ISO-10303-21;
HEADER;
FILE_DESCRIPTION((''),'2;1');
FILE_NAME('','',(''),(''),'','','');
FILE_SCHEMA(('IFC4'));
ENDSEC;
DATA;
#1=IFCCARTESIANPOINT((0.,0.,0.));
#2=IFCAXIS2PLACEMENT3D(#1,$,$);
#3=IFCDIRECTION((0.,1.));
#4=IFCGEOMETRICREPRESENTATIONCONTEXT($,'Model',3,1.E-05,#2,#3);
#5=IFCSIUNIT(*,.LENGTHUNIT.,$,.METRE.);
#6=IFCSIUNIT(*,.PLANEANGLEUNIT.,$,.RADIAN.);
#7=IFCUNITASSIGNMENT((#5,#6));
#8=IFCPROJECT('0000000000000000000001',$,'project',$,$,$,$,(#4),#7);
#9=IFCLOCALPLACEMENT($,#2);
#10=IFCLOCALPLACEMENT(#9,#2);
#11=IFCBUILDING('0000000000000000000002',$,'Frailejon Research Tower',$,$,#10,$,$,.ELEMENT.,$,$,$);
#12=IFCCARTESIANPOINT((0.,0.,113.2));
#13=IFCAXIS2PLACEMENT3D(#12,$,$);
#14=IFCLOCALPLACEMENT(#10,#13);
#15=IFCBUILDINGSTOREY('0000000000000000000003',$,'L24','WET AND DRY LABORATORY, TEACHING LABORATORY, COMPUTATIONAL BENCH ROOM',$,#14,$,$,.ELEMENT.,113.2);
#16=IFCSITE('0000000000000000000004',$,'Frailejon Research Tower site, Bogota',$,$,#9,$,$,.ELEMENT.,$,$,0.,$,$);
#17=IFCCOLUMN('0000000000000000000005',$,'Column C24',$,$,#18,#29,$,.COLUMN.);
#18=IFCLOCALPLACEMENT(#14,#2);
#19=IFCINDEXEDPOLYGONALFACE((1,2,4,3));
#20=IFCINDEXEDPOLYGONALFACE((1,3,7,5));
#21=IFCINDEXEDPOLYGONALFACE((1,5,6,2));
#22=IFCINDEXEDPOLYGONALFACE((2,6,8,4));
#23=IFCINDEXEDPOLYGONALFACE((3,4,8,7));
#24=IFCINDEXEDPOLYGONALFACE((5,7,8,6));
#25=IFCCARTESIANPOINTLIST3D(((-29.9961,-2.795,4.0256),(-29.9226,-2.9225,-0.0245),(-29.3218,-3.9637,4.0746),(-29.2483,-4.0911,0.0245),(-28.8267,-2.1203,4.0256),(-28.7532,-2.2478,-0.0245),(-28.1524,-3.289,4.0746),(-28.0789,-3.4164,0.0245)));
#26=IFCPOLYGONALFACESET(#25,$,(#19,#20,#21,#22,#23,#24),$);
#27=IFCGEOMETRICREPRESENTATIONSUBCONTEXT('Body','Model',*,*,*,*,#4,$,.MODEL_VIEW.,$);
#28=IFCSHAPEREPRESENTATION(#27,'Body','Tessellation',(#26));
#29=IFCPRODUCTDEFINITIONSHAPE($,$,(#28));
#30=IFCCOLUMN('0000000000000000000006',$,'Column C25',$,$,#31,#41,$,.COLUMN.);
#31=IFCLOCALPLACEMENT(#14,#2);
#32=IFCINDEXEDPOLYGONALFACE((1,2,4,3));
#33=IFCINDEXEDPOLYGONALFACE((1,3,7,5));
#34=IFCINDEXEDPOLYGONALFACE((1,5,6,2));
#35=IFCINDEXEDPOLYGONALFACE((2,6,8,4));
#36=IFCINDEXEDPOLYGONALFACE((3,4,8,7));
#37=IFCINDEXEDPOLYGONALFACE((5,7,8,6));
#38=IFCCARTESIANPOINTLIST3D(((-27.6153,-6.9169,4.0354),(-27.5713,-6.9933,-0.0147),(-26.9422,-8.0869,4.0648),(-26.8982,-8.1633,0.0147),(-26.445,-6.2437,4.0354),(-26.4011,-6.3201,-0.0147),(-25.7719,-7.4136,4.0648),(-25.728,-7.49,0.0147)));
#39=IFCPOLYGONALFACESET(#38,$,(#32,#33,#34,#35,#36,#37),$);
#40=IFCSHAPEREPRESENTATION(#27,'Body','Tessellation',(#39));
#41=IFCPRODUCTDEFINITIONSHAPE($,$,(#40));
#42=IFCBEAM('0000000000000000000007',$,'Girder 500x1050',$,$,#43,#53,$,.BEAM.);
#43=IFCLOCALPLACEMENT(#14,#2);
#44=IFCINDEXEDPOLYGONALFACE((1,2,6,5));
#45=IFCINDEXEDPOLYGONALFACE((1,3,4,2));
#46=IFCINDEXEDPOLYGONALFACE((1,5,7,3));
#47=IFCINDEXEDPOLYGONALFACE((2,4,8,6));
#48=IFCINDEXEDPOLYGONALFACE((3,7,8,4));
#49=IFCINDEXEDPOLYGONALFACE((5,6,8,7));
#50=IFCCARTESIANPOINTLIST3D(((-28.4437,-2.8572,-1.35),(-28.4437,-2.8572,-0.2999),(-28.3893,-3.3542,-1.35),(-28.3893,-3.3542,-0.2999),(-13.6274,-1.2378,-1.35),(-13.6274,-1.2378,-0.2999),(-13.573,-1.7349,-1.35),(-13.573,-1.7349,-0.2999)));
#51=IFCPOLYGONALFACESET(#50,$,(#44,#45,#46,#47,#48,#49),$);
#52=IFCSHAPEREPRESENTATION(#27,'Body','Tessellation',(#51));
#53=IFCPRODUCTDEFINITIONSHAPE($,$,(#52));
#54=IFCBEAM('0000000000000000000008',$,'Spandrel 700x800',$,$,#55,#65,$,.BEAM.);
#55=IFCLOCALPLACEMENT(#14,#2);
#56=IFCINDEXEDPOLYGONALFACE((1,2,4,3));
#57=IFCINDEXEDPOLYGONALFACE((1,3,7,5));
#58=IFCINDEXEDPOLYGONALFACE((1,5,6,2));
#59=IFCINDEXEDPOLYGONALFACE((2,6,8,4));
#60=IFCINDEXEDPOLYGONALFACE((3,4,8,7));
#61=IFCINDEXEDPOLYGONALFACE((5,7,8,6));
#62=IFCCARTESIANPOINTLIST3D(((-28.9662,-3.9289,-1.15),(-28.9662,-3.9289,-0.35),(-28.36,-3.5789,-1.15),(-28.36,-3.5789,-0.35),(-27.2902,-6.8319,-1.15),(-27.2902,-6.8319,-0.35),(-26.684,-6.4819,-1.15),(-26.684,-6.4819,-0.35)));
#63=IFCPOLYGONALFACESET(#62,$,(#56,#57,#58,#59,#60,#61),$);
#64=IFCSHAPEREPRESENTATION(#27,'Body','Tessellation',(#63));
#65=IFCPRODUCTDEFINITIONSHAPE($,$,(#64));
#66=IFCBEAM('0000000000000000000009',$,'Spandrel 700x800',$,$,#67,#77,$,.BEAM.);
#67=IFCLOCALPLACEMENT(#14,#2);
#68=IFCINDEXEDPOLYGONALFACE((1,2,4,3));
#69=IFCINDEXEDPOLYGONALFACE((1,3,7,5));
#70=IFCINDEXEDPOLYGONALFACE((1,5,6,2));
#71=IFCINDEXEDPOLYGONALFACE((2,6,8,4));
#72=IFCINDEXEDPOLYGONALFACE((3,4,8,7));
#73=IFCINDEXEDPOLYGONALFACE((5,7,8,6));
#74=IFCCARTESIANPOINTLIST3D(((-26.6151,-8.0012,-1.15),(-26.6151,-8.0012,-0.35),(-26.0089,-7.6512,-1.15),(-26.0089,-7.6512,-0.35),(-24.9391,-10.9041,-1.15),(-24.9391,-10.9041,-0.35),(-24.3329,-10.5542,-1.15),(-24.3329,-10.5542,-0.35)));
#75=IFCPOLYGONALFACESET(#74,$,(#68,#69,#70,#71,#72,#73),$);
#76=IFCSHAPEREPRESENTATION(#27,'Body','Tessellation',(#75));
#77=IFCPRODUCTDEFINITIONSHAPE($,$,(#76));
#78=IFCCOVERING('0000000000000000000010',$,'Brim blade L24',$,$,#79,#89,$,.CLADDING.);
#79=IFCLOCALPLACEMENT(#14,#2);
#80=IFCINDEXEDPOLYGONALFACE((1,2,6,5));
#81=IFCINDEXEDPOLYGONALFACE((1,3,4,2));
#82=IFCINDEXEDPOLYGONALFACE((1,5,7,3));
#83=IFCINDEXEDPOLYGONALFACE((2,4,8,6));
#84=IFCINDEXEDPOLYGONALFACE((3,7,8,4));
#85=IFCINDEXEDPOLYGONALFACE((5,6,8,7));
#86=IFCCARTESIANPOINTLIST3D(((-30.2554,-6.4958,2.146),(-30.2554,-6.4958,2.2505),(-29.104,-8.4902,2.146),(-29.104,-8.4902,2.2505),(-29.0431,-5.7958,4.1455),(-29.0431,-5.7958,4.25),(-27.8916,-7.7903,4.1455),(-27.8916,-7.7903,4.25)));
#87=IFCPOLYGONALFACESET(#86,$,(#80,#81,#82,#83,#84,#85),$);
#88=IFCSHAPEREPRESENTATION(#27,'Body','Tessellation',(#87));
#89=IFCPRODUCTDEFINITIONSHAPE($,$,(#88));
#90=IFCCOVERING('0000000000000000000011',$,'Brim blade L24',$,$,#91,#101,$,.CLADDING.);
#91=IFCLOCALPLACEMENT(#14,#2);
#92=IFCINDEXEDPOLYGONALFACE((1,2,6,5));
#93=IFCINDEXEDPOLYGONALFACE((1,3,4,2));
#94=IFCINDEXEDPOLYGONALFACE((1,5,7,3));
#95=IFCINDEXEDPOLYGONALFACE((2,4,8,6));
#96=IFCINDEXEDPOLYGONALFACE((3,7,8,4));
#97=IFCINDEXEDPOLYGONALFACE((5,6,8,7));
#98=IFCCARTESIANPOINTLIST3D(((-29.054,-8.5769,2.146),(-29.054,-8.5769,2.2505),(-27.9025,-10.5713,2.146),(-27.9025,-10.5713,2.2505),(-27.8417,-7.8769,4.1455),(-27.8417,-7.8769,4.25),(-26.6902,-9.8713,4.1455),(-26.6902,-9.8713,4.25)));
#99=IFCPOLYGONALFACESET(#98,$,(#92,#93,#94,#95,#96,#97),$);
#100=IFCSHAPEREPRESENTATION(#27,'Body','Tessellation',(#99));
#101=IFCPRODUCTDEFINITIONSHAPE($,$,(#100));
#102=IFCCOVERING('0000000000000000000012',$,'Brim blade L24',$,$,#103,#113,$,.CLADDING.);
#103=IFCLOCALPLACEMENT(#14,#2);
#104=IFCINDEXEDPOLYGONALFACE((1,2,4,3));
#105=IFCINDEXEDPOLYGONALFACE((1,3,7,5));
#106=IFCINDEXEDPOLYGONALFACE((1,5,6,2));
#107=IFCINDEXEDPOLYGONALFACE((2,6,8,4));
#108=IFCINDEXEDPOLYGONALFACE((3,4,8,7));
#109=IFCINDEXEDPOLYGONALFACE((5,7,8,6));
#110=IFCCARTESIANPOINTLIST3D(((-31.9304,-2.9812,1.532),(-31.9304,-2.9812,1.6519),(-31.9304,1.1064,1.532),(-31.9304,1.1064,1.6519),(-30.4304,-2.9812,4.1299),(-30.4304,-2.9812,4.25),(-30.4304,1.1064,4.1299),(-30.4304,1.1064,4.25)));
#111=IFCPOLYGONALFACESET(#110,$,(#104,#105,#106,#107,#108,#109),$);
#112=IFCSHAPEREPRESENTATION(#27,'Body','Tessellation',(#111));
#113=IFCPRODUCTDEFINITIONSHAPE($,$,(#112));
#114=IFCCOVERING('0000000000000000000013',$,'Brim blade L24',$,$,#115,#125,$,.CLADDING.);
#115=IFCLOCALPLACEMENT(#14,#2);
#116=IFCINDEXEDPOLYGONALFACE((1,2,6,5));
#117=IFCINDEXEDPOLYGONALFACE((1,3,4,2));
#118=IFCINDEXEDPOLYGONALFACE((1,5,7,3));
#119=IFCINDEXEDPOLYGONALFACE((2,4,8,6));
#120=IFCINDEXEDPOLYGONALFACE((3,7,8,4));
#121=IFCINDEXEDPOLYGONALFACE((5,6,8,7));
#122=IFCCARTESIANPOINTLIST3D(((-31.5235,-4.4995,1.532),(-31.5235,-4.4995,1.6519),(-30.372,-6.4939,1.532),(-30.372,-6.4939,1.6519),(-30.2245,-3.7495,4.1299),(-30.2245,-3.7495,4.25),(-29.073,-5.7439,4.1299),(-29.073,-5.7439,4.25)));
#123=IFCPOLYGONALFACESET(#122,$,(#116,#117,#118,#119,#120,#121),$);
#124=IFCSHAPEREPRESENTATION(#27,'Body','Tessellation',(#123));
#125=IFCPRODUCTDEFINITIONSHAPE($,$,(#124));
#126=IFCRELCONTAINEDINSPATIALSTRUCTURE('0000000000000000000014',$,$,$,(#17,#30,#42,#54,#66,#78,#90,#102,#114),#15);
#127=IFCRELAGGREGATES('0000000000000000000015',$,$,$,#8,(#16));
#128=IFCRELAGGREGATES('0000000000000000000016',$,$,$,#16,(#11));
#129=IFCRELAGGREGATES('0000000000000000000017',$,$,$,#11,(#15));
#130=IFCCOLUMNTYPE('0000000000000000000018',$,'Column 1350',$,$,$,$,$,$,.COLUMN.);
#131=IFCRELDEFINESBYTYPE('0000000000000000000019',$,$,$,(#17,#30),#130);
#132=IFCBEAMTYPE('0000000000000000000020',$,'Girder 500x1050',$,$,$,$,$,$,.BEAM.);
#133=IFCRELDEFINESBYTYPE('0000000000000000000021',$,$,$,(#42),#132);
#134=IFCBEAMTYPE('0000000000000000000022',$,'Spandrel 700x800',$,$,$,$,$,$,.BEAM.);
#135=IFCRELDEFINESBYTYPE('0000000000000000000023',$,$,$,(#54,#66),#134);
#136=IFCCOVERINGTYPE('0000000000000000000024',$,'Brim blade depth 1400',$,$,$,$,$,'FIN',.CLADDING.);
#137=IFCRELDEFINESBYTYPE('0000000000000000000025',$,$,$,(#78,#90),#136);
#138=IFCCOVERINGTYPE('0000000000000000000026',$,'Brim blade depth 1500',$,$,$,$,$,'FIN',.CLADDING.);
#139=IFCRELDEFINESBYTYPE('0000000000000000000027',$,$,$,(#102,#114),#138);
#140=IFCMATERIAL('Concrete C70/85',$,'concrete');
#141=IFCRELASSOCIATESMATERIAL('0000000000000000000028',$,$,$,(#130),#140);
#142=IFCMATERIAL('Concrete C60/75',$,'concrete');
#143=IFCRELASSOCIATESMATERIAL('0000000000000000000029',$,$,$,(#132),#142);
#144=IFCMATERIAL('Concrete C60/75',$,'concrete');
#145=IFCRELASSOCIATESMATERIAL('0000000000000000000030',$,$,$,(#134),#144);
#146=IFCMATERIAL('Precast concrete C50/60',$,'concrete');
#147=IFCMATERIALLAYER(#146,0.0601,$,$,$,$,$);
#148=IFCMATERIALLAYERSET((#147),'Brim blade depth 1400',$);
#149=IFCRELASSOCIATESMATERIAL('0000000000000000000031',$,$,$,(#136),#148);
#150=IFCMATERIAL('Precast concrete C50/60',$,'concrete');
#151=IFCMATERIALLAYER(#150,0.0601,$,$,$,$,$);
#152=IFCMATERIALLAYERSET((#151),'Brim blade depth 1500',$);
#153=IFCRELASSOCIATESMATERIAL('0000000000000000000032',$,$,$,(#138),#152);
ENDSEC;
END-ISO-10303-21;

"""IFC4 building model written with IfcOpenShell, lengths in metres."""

from ifc_helpers import new_model, si_unit, direction, frame, origin, origin_2d, place, context, subcontext, project, spatial, polyline, rectangle, outline, extrude, material, layer, layer_set, material_profile, profile_set, type_object, element, save


model = new_model("IFC4")

# Units and contexts
model_context = context("Model", 3, precision=1e-05, world=origin(), true_north=direction((0.0, 1.0)))
body_context = subcontext(model_context, "Body", "Model", "MODEL_VIEW")
ifc_project = project(units=[si_unit("LENGTHUNIT", "METRE"), si_unit("PLANEANGLEUNIT", "RADIAN")], contexts=[model_context])

# Site, building, storey
site_placement = place(None, origin())
site = spatial("IfcSite", under=ifc_project, at=site_placement, Name="Frailejon Research Tower site, Bogota", CompositionType="ELEMENT", RefElevation=0.0)
building_placement = place(site_placement, origin())
building = spatial("IfcBuilding", under=site, at=building_placement, Name="Frailejon Research Tower", CompositionType="ELEMENT")
storey_placement = place(building_placement, frame((0.0, 0.0, 113.2)))
storey = spatial("IfcBuildingStorey", under=building, at=storey_placement, Name="L24", Description="WET AND DRY LABORATORY, TEACHING LABORATORY, COMPUTATIONAL BENCH ROOM", CompositionType="ELEMENT", Elevation=113.2)

# Columns
ifc_material_1 = material(Name="Concrete C70/85", Category="concrete")
ifc_material_profile_1 = material_profile(ifc_material_1, rectangle(XDim=1.3501, YDim=1.3501, at=origin_2d()), Name="Column 1350")
ifc_profile_set_1 = profile_set([ifc_material_profile_1], Name="Concrete C70/85")
column_type = type_object("IfcColumnType", Name="Column 1350", PredefinedType="COLUMN", material=ifc_profile_set_1)
column_1_placement = place(storey_placement, frame((-29.0007, -3.1694, 0.0), z_axis=(-0.018133, 0.031446, 0.999341), x_axis=(0.499425, -0.865596, 0.036299)))
element("IfcColumn", 1, at=column_1_placement, inside=storey, type_object=column_type, Name="Column C24", PredefinedType="COLUMN", context=body_context, shape_type="SweptSolid", body=[
    extrude(rectangle(XDim=1.3501, YDim=1.3501, at=origin_2d()), origin(), (0.0, 0.0, 1.0), 4.0527),
])
column_2_placement = place(storey_placement, frame((-26.6497, -7.2417, 0.0), z_axis=(-0.010848, 0.018863, 0.999763), x_axis=(0.498562, -0.866581, 0.02176)))
element("IfcColumn", 2, at=column_2_placement, inside=storey, type_object=column_type, Name="Column C25", PredefinedType="COLUMN", context=body_context, shape_type="SweptSolid", body=[
    extrude(rectangle(XDim=1.3501, YDim=1.3501, at=origin_2d()), origin(), (0.0, 0.0, 1.0), 4.051),
])

# Beams
ifc_material_2 = material(Name="Concrete C60/75", Category="concrete")
ifc_material_profile_2 = material_profile(ifc_material_2, rectangle(XDim=0.5, YDim=1.05, at=origin_2d()), Name="Girder 500x1050")
ifc_profile_set_2 = profile_set([ifc_material_profile_2], Name="Concrete C60/75")
beam_type_1 = type_object("IfcBeamType", Name="Girder 500x1050", PredefinedType="BEAM", material=ifc_profile_set_2)
beam_placement = place(storey_placement, frame((-28.4165, -3.1057, -0.825), z_axis=(0.99408, 0.10865, 0.0), x_axis=(-0.10865, 0.99408, 0.0)))
element("IfcBeam", 3, at=beam_placement, inside=storey, type_object=beam_type_1, Name="Girder 500x1050", PredefinedType="BEAM", context=body_context, shape_type="SweptSolid", body=[
    extrude(rectangle(XDim=0.5, YDim=1.05, at=origin_2d()), origin(), (0.0, 0.0, 1.0), 14.9045),
])
ifc_material_3 = material(Name="Concrete C60/75", Category="concrete")
ifc_material_profile_3 = material_profile(ifc_material_3, rectangle(XDim=0.7, YDim=0.8, at=origin_2d()), Name="Spandrel 700x800")
ifc_profile_set_3 = profile_set([ifc_material_profile_3], Name="Concrete C60/75")
beam_type_2 = type_object("IfcBeamType", Name="Spandrel 700x800", PredefinedType="BEAM", material=ifc_profile_set_3)
for number, where, z_axis, x_axis, name in (
    (4, (-28.6631, -3.7539, -0.75), (0.499985, -0.866034, 0.0), (0.866034, 0.499985, 0.0), "Spandrel 700x800"),
    (5, (-26.312, -7.8262, -0.75), (0.499985, -0.866034, 0.0), (0.866034, 0.499985, 0.0), "Spandrel 700x800"),
):
    element("IfcBeam", number, at=place(storey_placement, frame(where, z_axis=z_axis, x_axis=x_axis)), inside=storey, type_object=beam_type_2, Name=name, PredefinedType="BEAM", context=body_context, shape_type="SweptSolid", body=[
        extrude(rectangle(XDim=0.7, YDim=0.8, at=origin_2d()), origin(), (0.0, 0.0, 1.0), 3.3521),
    ])

# Coverings
ifc_material_4 = material(Name="Precast concrete C50/60", Category="concrete")
ifc_layer_1 = layer(ifc_material_4, 0.0601)
ifc_layer_set_1 = layer_set([ifc_layer_1], Name="Brim blade depth 1400")
covering_type_1 = type_object("IfcCoveringType", Name="Brim blade depth 1400", ElementType="FIN", PredefinedType="CLADDING", material=ifc_layer_set_1)
for number, where, z_axis, x_axis, name in (
    (6, (-27.8916, -7.7903, 4.25), (-0.499998, 0.866027, 0.0), (-0.866027, -0.499998, 0.0), "Brim blade L24"),
    (7, (-26.6902, -9.8713, 4.25), (-0.500005, 0.866023, 0.0), (-0.866023, -0.500005, 0.0), "Brim blade L24"),
):
    element("IfcCovering", number, at=place(storey_placement, frame(where, z_axis=z_axis, x_axis=x_axis)), inside=storey, type_object=covering_type_1, Name=name, PredefinedType="CLADDING", context=body_context, shape_type="SweptSolid", body=[
        extrude(outline(polyline([(0.0, -0.1045), (1.3999, -2.104), (1.3999, -1.9995), (0.0, 0.0), (0.0, -0.1045)])), origin(), (0.0, 0.0, 1.0), 2.303),
    ])
ifc_material_5 = material(Name="Precast concrete C50/60", Category="concrete")
ifc_layer_2 = layer(ifc_material_5, 0.0601)
ifc_layer_set_2 = layer_set([ifc_layer_2], Name="Brim blade depth 1500")
covering_type_2 = type_object("IfcCoveringType", Name="Brim blade depth 1500", ElementType="FIN", PredefinedType="CLADDING", material=ifc_layer_set_2)
covering_1_placement = place(storey_placement, frame((-30.4304, -2.9812, 4.25), z_axis=(0.0, 1.0, 0.0), x_axis=(-1.0, 0.0, 0.0)))
element("IfcCovering", 8, at=covering_1_placement, inside=storey, type_object=covering_type_2, Name="Brim blade L24", PredefinedType="CLADDING", context=body_context, shape_type="SweptSolid", body=[
    extrude(outline(polyline([(0.0, -0.1201), (1.5, -2.718), (1.5, -2.5981), (0.0, 0.0), (0.0, -0.1201)])), origin(), (0.0, 0.0, 1.0), 4.0876),
])
covering_2_placement = place(storey_placement, frame((-29.073, -5.7439, 4.25), z_axis=(-0.499998, 0.866027, 0.0), x_axis=(-0.866027, -0.499998, 0.0)))
element("IfcCovering", 9, at=covering_2_placement, inside=storey, type_object=covering_type_2, Name="Brim blade L24", PredefinedType="CLADDING", context=body_context, shape_type="SweptSolid", body=[
    extrude(outline(polyline([(0.0, -0.1201), (1.5, -2.718), (1.5, -2.5981), (0.0, 0.0), (0.0, -0.1201)])), origin(), (0.0, 0.0, 1.0), 2.303),
])

save(model, "model.ifc")
